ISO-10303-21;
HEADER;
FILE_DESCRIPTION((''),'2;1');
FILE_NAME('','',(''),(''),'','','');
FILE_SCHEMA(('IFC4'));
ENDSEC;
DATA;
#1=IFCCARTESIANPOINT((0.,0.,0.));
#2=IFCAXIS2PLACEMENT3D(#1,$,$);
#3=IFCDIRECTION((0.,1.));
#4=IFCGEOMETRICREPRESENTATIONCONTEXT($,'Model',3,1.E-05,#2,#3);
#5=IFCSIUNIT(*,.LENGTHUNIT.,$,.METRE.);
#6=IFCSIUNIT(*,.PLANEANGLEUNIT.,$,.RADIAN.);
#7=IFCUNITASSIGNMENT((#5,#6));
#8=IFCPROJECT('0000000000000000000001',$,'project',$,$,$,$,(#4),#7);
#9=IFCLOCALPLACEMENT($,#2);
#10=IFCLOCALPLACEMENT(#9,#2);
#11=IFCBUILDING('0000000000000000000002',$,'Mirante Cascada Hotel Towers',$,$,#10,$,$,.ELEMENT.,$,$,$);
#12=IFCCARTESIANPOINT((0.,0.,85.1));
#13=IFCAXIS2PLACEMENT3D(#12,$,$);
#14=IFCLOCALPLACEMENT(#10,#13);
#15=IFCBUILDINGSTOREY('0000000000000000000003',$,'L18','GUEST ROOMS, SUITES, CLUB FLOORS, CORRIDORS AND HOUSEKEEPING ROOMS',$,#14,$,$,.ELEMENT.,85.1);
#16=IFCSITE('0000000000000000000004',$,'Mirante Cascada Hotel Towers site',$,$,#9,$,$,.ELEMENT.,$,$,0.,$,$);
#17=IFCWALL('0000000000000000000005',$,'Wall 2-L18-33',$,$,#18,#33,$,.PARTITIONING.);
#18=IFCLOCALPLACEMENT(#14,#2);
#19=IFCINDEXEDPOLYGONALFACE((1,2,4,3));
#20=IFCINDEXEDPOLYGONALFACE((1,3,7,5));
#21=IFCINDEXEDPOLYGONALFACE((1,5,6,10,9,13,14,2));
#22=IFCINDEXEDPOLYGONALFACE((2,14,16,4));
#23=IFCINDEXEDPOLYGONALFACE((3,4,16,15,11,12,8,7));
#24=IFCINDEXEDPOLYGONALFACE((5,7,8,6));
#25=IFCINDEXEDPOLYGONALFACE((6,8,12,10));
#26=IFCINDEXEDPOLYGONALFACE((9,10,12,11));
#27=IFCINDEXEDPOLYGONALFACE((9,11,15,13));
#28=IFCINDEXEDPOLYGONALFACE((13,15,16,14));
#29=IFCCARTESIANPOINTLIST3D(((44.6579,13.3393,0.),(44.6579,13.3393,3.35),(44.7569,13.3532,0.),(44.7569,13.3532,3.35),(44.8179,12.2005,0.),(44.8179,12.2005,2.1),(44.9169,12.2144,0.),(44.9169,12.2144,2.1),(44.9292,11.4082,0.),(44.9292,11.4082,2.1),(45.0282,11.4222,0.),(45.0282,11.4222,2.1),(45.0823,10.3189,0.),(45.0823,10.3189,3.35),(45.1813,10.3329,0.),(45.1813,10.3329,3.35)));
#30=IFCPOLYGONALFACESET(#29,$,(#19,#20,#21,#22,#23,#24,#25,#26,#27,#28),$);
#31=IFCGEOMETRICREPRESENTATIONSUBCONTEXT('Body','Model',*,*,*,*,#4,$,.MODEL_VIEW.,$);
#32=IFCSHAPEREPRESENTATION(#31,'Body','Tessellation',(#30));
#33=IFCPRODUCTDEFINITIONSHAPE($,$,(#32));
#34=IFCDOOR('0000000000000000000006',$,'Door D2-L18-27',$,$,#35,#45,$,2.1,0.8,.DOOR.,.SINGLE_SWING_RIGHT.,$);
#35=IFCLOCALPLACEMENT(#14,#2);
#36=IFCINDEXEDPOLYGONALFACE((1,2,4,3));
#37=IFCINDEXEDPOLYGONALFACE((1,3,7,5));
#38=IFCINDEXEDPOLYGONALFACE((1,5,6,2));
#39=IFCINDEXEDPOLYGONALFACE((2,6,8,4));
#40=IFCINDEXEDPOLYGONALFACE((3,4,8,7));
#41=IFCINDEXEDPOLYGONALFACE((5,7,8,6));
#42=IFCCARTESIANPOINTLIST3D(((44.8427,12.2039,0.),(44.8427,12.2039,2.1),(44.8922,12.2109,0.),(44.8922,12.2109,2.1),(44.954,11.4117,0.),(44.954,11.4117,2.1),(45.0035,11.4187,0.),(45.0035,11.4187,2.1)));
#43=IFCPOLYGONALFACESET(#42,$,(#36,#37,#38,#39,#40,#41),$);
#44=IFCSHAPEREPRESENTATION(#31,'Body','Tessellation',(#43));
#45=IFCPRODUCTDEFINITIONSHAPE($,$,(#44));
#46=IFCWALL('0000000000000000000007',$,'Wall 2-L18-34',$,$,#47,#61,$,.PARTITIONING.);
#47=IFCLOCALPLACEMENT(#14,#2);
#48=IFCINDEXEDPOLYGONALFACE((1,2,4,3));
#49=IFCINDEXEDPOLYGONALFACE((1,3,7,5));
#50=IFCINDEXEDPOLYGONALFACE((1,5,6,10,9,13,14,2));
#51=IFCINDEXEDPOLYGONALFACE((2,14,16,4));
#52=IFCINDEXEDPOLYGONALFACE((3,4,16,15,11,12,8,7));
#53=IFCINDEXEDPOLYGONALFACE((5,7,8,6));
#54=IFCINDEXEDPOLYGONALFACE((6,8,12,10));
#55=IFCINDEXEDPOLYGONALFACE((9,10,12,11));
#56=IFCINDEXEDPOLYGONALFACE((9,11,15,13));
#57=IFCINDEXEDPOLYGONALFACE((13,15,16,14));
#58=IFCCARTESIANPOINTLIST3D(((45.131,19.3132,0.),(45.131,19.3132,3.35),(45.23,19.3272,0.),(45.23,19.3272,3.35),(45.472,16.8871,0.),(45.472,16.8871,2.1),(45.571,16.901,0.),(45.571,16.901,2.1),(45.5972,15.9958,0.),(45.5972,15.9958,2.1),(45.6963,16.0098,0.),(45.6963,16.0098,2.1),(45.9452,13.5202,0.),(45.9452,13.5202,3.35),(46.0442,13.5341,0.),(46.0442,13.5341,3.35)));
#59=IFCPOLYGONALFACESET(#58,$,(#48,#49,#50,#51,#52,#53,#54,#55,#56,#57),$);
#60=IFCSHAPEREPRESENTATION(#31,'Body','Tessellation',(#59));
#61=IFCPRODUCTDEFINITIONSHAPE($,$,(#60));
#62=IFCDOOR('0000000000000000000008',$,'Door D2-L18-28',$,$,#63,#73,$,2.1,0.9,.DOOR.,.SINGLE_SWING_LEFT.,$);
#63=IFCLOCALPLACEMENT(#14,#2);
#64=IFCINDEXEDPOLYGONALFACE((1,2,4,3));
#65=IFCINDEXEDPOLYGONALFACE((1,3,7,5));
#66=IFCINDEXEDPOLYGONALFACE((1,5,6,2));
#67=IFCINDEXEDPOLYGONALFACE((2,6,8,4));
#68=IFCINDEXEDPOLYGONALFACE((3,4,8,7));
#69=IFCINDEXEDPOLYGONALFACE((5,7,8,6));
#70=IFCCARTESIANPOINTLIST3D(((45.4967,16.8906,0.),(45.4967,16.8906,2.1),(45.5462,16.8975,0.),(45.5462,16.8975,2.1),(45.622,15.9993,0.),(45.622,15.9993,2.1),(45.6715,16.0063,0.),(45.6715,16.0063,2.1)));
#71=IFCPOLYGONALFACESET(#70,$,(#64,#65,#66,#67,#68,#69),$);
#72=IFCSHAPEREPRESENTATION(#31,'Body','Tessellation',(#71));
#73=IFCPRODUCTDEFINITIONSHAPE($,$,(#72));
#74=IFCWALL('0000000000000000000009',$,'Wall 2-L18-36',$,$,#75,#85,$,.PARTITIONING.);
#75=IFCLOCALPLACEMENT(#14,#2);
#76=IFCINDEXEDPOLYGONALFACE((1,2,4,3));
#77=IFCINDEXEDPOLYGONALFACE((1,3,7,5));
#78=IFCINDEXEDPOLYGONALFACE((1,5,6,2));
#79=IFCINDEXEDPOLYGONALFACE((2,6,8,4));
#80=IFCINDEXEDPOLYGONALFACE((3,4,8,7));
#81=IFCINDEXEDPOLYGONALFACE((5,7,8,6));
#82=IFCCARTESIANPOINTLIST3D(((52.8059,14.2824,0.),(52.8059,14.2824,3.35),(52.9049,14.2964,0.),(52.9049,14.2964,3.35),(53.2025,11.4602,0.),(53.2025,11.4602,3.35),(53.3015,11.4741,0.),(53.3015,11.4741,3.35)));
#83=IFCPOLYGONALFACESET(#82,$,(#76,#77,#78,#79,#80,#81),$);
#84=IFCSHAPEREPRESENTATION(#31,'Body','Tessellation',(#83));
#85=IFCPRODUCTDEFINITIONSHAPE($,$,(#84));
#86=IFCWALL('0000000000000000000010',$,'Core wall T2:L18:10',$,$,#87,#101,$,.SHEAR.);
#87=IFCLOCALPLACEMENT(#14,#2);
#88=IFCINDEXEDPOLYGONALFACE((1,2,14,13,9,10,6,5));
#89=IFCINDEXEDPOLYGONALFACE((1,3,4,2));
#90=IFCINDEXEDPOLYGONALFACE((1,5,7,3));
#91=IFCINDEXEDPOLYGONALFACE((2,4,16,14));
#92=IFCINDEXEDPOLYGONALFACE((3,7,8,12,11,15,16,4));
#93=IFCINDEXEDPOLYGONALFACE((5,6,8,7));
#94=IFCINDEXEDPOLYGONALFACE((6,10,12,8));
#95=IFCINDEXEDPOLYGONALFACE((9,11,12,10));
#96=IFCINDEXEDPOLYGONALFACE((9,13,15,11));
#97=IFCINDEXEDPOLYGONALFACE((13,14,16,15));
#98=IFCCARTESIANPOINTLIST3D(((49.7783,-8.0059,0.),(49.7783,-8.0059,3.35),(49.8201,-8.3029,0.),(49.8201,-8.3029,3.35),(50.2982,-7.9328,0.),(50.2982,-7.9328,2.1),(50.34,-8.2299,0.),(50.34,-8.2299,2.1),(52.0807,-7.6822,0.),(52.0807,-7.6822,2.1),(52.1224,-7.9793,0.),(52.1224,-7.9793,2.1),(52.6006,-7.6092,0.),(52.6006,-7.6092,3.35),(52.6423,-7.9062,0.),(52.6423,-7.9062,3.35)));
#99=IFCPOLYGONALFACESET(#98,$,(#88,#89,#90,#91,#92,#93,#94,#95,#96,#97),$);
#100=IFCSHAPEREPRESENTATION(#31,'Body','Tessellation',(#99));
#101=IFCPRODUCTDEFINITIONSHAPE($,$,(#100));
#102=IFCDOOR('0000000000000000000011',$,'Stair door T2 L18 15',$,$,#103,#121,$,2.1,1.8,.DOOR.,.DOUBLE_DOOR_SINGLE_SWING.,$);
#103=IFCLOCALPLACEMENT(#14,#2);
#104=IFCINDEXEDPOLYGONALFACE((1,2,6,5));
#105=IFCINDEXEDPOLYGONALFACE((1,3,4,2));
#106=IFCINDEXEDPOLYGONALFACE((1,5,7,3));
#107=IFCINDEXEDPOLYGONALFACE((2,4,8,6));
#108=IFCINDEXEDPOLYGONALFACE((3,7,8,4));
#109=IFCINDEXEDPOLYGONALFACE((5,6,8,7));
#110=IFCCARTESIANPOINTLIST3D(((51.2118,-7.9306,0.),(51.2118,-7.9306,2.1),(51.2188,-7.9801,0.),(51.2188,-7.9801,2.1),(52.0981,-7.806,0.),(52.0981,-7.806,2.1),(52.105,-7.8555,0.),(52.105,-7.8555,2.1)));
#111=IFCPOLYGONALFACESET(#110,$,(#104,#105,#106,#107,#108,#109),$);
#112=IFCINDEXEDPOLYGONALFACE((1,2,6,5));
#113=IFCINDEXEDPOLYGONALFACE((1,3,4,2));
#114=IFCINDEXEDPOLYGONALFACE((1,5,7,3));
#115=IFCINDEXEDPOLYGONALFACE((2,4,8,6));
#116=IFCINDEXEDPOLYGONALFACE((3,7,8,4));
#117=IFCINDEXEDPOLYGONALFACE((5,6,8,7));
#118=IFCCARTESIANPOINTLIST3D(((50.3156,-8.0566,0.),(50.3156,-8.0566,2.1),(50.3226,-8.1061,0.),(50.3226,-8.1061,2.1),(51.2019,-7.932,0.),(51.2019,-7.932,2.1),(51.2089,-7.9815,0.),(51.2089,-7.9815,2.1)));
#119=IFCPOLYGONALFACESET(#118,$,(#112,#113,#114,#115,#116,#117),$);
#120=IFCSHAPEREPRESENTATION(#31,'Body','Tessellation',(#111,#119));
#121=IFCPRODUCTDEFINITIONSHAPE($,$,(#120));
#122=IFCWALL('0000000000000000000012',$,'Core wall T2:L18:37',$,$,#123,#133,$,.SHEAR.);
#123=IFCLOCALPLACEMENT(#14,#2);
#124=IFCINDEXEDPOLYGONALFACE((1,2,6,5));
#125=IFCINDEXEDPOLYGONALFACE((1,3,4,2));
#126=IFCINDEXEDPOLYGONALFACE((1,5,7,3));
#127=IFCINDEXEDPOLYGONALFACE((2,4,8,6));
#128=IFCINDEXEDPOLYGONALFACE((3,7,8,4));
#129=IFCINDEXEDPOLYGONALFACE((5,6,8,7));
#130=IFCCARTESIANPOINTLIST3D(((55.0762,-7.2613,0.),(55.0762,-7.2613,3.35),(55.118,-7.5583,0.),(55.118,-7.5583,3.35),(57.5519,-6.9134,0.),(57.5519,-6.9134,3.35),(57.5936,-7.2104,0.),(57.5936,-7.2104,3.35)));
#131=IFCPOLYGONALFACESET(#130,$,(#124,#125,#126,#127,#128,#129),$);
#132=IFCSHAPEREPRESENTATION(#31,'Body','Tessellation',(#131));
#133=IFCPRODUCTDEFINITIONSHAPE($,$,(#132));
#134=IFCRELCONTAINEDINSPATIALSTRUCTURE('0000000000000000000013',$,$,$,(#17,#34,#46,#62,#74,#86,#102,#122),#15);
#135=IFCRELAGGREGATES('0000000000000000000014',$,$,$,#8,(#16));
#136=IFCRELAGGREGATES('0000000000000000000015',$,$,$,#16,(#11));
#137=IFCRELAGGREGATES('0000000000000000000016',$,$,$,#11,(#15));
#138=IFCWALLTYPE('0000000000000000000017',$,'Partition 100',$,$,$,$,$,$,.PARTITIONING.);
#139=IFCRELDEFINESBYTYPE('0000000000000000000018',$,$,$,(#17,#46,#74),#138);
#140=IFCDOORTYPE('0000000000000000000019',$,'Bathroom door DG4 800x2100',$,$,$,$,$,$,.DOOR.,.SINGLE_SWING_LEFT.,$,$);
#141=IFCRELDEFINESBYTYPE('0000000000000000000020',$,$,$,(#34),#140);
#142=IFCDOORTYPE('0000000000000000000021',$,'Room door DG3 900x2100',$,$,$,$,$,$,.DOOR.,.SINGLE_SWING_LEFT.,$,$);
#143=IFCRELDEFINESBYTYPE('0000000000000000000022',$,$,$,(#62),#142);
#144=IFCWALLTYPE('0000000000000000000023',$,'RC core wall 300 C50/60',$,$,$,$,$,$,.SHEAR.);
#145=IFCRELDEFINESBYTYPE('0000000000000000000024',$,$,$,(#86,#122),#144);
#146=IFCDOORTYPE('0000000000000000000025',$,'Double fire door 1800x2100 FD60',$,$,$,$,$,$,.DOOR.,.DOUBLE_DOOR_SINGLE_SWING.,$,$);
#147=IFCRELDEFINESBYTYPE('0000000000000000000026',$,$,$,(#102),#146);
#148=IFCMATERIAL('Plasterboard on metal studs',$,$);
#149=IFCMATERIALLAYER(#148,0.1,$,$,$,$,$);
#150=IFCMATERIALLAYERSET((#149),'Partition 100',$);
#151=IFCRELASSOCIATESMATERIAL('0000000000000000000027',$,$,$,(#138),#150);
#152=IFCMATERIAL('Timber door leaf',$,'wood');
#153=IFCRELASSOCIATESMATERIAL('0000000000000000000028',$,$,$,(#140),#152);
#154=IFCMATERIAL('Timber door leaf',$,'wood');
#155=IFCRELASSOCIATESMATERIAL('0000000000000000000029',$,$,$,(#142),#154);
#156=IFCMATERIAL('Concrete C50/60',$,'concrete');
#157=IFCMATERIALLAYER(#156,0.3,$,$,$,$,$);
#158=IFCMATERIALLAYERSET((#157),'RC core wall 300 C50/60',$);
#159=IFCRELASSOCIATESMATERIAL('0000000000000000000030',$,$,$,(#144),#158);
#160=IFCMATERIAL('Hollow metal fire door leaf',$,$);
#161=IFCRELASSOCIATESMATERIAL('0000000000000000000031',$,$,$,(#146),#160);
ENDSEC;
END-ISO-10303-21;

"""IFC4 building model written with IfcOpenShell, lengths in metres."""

from ifc_helpers import new_model, si_unit, direction, frame, frame_2d, origin, place, context, subcontext, project, spatial, rectangle, extrude, material, layer, layer_set, type_object, element, fill, save


model = new_model("IFC4")

# Units and contexts
model_context = context("Model", 3, precision=1e-05, world=origin(), true_north=direction((0.0, 1.0)))
body_context = subcontext(model_context, "Body", "Model", "MODEL_VIEW")
ifc_project = project(units=[si_unit("LENGTHUNIT", "METRE"), si_unit("PLANEANGLEUNIT", "RADIAN")], contexts=[model_context])

# Site, building, storey
site_placement = place(None, origin())
site = spatial("IfcSite", under=ifc_project, at=site_placement, Name="Mirante Cascada Hotel Towers site", CompositionType="ELEMENT", RefElevation=0.0)
building_placement = place(site_placement, origin())
building = spatial("IfcBuilding", under=site, at=building_placement, Name="Mirante Cascada Hotel Towers", CompositionType="ELEMENT")
storey_placement = place(building_placement, frame((0.0, 0.0, 85.1)))
storey = spatial("IfcBuildingStorey", under=building, at=storey_placement, Name="L18", Description="GUEST ROOMS, SUITES, CLUB FLOORS, CORRIDORS AND HOUSEKEEPING ROOMS", CompositionType="ELEMENT", Elevation=85.1)

# Shared definitions
ifc_material_1 = material(Name="Plasterboard on metal studs")
ifc_layer_1 = layer(ifc_material_1, 0.1)
ifc_layer_set_1 = layer_set([ifc_layer_1], Name="Partition 100")
wall_type_1 = type_object("IfcWallType", Name="Partition 100", PredefinedType="PARTITIONING", material=ifc_layer_set_1)
ifc_material_2 = material(Name="Timber door leaf", Category="wood")
door_type_1 = type_object("IfcDoorType", Name="Bathroom door DG4 800x2100", OperationType="SINGLE_SWING_LEFT", PredefinedType="DOOR", material=ifc_material_2)

# Walls, openings, doors
wall_1_placement = place(storey_placement, frame((45.1318, 10.3259, 0.0), z_axis=(0.0, 0.0, 1.0), x_axis=(-0.139149, 0.990271, 0.0)))
wall_1 = element("IfcWall", 1, at=wall_1_placement, inside=storey, type_object=wall_type_1, Name="Wall 2-L18-33", PredefinedType="PARTITIONING", context=body_context, shape_type="SweptSolid", body=[
    extrude(rectangle(XDim=3.05, YDim=0.1, at=frame_2d((1.525, 0.0))), origin(), (0.0, 0.0, 1.0), 3.35),
])
opening_1_placement = place(wall_1_placement, frame((1.1, 0.0, 0.0)))
opening_1 = element("IfcOpeningElement", 2, at=opening_1_placement, cuts=wall_1, PredefinedType="OPENING", context=body_context, shape_type="SweptSolid", body=[
    extrude(rectangle(XDim=0.8, YDim=2.1, at=frame_2d((0.4, 1.05))), frame((0.0, 0.05, 0.0), z_axis=(0.0, -1.0, 0.0), x_axis=(1.0, 0.0, 0.0)), (0.0, 0.0, 1.0), 0.1),
])
door_1_placement = place(opening_1_placement, frame((0.8, 0.0, 0.0), z_axis=(0.0, 0.0, 1.0), x_axis=(-1.0, 0.0, 0.0)))
door_1 = element("IfcDoor", 3, at=door_1_placement, inside=storey, type_object=door_type_1, Name="Door D2-L18-27", OperationType="SINGLE_SWING_RIGHT", OverallHeight=2.1, OverallWidth=0.8, PredefinedType="DOOR", context=body_context, shape_type="SweptSolid", body=[
    extrude(rectangle(XDim=0.8, YDim=2.1, at=frame_2d((0.4, 1.05))), frame((0.0, 0.025, 0.0), z_axis=(0.0, -1.0, 0.0), x_axis=(1.0, 0.0, 0.0)), (0.0, 0.0, 1.0), 0.05),
])
fill(opening_1, door_1)
wall_2_placement = place(storey_placement, frame((45.1805, 19.3202, 0.0), z_axis=(0.0, 0.0, 1.0), x_axis=(0.139179, -0.990267, 0.0)))
wall_2 = element("IfcWall", 4, at=wall_2_placement, inside=storey, type_object=wall_type_1, Name="Wall 2-L18-34", PredefinedType="PARTITIONING", context=body_context, shape_type="SweptSolid", body=[
    extrude(rectangle(XDim=5.85, YDim=0.1, at=frame_2d((2.925, 0.0))), origin(), (0.0, 0.0, 1.0), 3.35),
])
opening_2_placement = place(wall_2_placement, frame((2.45, 0.0, 0.0)))
opening_2 = element("IfcOpeningElement", 5, at=opening_2_placement, cuts=wall_2, PredefinedType="OPENING", context=body_context, shape_type="SweptSolid", body=[
    extrude(rectangle(XDim=0.9, YDim=2.1, at=frame_2d((0.45, 1.05))), frame((0.0, 0.05, 0.0), z_axis=(0.0, -1.0, 0.0), x_axis=(1.0, 0.0, 0.0)), (0.0, 0.0, 1.0), 0.1),
])
ifc_material_3 = material(Name="Timber door leaf", Category="wood")
door_type_2 = type_object("IfcDoorType", Name="Room door DG3 900x2100", OperationType="SINGLE_SWING_LEFT", PredefinedType="DOOR", material=ifc_material_3)
door_2_placement = place(opening_2_placement, origin())
door_2 = element("IfcDoor", 6, at=door_2_placement, inside=storey, type_object=door_type_2, Name="Door D2-L18-28", OperationType="SINGLE_SWING_LEFT", OverallHeight=2.1, OverallWidth=0.9, PredefinedType="DOOR", context=body_context, shape_type="SweptSolid", body=[
    extrude(rectangle(XDim=0.9, YDim=2.1, at=frame_2d((0.45, 1.05))), frame((0.0, 0.025, 0.0), z_axis=(0.0, -1.0, 0.0), x_axis=(1.0, 0.0, 0.0)), (0.0, 0.0, 1.0), 0.05),
])
fill(opening_2, door_2)

# Wall
wall_3_placement = place(storey_placement, frame((52.8554, 14.2894, 0.0), z_axis=(0.0, 0.0, 1.0), x_axis=(0.139156, -0.99027, 0.0)))
element("IfcWall", 7, at=wall_3_placement, inside=storey, type_object=wall_type_1, Name="Wall 2-L18-36", PredefinedType="PARTITIONING", context=body_context, shape_type="SweptSolid", body=[
    extrude(rectangle(XDim=2.85, YDim=0.1, at=frame_2d((1.425, 0.0))), origin(), (0.0, 0.0, 1.0), 3.35),
])

# Wall, opening, door
ifc_material_4 = material(Name="Concrete C50/60", Category="concrete")
ifc_layer_2 = layer(ifc_material_4, 0.3)
ifc_layer_set_2 = layer_set([ifc_layer_2], Name="RC core wall 300 C50/60")
wall_type_2 = type_object("IfcWallType", Name="RC core wall 300 C50/60", PredefinedType="SHEAR", material=ifc_layer_set_2)
wall_4_placement = place(storey_placement, frame((49.7992, -8.1544, 0.0), z_axis=(0.0, 0.0, 1.0), x_axis=(0.990266, 0.139191, 0.0)))
wall_4 = element("IfcWall", 8, at=wall_4_placement, inside=storey, type_object=wall_type_2, Name="Core wall T2:L18:10", PredefinedType="SHEAR", context=body_context, shape_type="SweptSolid", body=[
    extrude(rectangle(XDim=2.85, YDim=0.3, at=frame_2d((1.425, 0.0))), origin(), (0.0, 0.0, 1.0), 3.35),
])
opening_3_placement = place(wall_4_placement, frame((0.525, 0.0, 0.0)))
opening_3 = element("IfcOpeningElement", 9, at=opening_3_placement, cuts=wall_4, PredefinedType="OPENING", context=body_context, shape_type="SweptSolid", body=[
    extrude(rectangle(XDim=1.8, YDim=2.1, at=frame_2d((0.9, 1.05))), frame((0.0, 0.15, 0.0), z_axis=(0.0, -1.0, 0.0), x_axis=(1.0, 0.0, 0.0)), (0.0, 0.0, 1.0), 0.3),
])
ifc_material_5 = material(Name="Hollow metal fire door leaf")
door_type_3 = type_object("IfcDoorType", Name="Double fire door 1800x2100 FD60", OperationType="DOUBLE_DOOR_SINGLE_SWING", PredefinedType="DOOR", material=ifc_material_5)
door_3_placement = place(opening_3_placement, frame((1.8, 0.0, 0.0), z_axis=(0.0, 0.0, 1.0), x_axis=(-1.0, 0.0, 0.0)))
door_3 = element("IfcDoor", 10, at=door_3_placement, inside=storey, type_object=door_type_3, Name="Stair door T2 L18 15", OperationType="DOUBLE_DOOR_SINGLE_SWING", OverallHeight=2.1, OverallWidth=1.8, PredefinedType="DOOR", context=body_context, shape_type="SweptSolid", body=[
    extrude(rectangle(XDim=0.895, YDim=2.1, at=frame_2d((0.4475, 1.05))), frame((0.0, 0.025, 0.0), z_axis=(0.0, -1.0, 0.0), x_axis=(1.0, 0.0, 0.0)), (0.0, 0.0, 1.0), 0.05),
    extrude(rectangle(XDim=0.895, YDim=2.1, at=frame_2d((1.3525, 1.05))), frame((0.0, 0.025, 0.0), z_axis=(0.0, -1.0, 0.0), x_axis=(1.0, 0.0, 0.0)), (0.0, 0.0, 1.0), 0.05),
])
fill(opening_3, door_3)

# Wall
wall_5_placement = place(storey_placement, frame((55.0971, -7.4098, 0.0), z_axis=(0.0, 0.0, 1.0), x_axis=(0.99027, 0.139159, 0.0)))
element("IfcWall", 11, at=wall_5_placement, inside=storey, type_object=wall_type_2, Name="Core wall T2:L18:37", PredefinedType="SHEAR", context=body_context, shape_type="SweptSolid", body=[
    extrude(rectangle(XDim=2.5, YDim=0.3, at=frame_2d((1.25, 0.0))), origin(), (0.0, 0.0, 1.0), 3.35),
])

save(model, "model.ifc")
